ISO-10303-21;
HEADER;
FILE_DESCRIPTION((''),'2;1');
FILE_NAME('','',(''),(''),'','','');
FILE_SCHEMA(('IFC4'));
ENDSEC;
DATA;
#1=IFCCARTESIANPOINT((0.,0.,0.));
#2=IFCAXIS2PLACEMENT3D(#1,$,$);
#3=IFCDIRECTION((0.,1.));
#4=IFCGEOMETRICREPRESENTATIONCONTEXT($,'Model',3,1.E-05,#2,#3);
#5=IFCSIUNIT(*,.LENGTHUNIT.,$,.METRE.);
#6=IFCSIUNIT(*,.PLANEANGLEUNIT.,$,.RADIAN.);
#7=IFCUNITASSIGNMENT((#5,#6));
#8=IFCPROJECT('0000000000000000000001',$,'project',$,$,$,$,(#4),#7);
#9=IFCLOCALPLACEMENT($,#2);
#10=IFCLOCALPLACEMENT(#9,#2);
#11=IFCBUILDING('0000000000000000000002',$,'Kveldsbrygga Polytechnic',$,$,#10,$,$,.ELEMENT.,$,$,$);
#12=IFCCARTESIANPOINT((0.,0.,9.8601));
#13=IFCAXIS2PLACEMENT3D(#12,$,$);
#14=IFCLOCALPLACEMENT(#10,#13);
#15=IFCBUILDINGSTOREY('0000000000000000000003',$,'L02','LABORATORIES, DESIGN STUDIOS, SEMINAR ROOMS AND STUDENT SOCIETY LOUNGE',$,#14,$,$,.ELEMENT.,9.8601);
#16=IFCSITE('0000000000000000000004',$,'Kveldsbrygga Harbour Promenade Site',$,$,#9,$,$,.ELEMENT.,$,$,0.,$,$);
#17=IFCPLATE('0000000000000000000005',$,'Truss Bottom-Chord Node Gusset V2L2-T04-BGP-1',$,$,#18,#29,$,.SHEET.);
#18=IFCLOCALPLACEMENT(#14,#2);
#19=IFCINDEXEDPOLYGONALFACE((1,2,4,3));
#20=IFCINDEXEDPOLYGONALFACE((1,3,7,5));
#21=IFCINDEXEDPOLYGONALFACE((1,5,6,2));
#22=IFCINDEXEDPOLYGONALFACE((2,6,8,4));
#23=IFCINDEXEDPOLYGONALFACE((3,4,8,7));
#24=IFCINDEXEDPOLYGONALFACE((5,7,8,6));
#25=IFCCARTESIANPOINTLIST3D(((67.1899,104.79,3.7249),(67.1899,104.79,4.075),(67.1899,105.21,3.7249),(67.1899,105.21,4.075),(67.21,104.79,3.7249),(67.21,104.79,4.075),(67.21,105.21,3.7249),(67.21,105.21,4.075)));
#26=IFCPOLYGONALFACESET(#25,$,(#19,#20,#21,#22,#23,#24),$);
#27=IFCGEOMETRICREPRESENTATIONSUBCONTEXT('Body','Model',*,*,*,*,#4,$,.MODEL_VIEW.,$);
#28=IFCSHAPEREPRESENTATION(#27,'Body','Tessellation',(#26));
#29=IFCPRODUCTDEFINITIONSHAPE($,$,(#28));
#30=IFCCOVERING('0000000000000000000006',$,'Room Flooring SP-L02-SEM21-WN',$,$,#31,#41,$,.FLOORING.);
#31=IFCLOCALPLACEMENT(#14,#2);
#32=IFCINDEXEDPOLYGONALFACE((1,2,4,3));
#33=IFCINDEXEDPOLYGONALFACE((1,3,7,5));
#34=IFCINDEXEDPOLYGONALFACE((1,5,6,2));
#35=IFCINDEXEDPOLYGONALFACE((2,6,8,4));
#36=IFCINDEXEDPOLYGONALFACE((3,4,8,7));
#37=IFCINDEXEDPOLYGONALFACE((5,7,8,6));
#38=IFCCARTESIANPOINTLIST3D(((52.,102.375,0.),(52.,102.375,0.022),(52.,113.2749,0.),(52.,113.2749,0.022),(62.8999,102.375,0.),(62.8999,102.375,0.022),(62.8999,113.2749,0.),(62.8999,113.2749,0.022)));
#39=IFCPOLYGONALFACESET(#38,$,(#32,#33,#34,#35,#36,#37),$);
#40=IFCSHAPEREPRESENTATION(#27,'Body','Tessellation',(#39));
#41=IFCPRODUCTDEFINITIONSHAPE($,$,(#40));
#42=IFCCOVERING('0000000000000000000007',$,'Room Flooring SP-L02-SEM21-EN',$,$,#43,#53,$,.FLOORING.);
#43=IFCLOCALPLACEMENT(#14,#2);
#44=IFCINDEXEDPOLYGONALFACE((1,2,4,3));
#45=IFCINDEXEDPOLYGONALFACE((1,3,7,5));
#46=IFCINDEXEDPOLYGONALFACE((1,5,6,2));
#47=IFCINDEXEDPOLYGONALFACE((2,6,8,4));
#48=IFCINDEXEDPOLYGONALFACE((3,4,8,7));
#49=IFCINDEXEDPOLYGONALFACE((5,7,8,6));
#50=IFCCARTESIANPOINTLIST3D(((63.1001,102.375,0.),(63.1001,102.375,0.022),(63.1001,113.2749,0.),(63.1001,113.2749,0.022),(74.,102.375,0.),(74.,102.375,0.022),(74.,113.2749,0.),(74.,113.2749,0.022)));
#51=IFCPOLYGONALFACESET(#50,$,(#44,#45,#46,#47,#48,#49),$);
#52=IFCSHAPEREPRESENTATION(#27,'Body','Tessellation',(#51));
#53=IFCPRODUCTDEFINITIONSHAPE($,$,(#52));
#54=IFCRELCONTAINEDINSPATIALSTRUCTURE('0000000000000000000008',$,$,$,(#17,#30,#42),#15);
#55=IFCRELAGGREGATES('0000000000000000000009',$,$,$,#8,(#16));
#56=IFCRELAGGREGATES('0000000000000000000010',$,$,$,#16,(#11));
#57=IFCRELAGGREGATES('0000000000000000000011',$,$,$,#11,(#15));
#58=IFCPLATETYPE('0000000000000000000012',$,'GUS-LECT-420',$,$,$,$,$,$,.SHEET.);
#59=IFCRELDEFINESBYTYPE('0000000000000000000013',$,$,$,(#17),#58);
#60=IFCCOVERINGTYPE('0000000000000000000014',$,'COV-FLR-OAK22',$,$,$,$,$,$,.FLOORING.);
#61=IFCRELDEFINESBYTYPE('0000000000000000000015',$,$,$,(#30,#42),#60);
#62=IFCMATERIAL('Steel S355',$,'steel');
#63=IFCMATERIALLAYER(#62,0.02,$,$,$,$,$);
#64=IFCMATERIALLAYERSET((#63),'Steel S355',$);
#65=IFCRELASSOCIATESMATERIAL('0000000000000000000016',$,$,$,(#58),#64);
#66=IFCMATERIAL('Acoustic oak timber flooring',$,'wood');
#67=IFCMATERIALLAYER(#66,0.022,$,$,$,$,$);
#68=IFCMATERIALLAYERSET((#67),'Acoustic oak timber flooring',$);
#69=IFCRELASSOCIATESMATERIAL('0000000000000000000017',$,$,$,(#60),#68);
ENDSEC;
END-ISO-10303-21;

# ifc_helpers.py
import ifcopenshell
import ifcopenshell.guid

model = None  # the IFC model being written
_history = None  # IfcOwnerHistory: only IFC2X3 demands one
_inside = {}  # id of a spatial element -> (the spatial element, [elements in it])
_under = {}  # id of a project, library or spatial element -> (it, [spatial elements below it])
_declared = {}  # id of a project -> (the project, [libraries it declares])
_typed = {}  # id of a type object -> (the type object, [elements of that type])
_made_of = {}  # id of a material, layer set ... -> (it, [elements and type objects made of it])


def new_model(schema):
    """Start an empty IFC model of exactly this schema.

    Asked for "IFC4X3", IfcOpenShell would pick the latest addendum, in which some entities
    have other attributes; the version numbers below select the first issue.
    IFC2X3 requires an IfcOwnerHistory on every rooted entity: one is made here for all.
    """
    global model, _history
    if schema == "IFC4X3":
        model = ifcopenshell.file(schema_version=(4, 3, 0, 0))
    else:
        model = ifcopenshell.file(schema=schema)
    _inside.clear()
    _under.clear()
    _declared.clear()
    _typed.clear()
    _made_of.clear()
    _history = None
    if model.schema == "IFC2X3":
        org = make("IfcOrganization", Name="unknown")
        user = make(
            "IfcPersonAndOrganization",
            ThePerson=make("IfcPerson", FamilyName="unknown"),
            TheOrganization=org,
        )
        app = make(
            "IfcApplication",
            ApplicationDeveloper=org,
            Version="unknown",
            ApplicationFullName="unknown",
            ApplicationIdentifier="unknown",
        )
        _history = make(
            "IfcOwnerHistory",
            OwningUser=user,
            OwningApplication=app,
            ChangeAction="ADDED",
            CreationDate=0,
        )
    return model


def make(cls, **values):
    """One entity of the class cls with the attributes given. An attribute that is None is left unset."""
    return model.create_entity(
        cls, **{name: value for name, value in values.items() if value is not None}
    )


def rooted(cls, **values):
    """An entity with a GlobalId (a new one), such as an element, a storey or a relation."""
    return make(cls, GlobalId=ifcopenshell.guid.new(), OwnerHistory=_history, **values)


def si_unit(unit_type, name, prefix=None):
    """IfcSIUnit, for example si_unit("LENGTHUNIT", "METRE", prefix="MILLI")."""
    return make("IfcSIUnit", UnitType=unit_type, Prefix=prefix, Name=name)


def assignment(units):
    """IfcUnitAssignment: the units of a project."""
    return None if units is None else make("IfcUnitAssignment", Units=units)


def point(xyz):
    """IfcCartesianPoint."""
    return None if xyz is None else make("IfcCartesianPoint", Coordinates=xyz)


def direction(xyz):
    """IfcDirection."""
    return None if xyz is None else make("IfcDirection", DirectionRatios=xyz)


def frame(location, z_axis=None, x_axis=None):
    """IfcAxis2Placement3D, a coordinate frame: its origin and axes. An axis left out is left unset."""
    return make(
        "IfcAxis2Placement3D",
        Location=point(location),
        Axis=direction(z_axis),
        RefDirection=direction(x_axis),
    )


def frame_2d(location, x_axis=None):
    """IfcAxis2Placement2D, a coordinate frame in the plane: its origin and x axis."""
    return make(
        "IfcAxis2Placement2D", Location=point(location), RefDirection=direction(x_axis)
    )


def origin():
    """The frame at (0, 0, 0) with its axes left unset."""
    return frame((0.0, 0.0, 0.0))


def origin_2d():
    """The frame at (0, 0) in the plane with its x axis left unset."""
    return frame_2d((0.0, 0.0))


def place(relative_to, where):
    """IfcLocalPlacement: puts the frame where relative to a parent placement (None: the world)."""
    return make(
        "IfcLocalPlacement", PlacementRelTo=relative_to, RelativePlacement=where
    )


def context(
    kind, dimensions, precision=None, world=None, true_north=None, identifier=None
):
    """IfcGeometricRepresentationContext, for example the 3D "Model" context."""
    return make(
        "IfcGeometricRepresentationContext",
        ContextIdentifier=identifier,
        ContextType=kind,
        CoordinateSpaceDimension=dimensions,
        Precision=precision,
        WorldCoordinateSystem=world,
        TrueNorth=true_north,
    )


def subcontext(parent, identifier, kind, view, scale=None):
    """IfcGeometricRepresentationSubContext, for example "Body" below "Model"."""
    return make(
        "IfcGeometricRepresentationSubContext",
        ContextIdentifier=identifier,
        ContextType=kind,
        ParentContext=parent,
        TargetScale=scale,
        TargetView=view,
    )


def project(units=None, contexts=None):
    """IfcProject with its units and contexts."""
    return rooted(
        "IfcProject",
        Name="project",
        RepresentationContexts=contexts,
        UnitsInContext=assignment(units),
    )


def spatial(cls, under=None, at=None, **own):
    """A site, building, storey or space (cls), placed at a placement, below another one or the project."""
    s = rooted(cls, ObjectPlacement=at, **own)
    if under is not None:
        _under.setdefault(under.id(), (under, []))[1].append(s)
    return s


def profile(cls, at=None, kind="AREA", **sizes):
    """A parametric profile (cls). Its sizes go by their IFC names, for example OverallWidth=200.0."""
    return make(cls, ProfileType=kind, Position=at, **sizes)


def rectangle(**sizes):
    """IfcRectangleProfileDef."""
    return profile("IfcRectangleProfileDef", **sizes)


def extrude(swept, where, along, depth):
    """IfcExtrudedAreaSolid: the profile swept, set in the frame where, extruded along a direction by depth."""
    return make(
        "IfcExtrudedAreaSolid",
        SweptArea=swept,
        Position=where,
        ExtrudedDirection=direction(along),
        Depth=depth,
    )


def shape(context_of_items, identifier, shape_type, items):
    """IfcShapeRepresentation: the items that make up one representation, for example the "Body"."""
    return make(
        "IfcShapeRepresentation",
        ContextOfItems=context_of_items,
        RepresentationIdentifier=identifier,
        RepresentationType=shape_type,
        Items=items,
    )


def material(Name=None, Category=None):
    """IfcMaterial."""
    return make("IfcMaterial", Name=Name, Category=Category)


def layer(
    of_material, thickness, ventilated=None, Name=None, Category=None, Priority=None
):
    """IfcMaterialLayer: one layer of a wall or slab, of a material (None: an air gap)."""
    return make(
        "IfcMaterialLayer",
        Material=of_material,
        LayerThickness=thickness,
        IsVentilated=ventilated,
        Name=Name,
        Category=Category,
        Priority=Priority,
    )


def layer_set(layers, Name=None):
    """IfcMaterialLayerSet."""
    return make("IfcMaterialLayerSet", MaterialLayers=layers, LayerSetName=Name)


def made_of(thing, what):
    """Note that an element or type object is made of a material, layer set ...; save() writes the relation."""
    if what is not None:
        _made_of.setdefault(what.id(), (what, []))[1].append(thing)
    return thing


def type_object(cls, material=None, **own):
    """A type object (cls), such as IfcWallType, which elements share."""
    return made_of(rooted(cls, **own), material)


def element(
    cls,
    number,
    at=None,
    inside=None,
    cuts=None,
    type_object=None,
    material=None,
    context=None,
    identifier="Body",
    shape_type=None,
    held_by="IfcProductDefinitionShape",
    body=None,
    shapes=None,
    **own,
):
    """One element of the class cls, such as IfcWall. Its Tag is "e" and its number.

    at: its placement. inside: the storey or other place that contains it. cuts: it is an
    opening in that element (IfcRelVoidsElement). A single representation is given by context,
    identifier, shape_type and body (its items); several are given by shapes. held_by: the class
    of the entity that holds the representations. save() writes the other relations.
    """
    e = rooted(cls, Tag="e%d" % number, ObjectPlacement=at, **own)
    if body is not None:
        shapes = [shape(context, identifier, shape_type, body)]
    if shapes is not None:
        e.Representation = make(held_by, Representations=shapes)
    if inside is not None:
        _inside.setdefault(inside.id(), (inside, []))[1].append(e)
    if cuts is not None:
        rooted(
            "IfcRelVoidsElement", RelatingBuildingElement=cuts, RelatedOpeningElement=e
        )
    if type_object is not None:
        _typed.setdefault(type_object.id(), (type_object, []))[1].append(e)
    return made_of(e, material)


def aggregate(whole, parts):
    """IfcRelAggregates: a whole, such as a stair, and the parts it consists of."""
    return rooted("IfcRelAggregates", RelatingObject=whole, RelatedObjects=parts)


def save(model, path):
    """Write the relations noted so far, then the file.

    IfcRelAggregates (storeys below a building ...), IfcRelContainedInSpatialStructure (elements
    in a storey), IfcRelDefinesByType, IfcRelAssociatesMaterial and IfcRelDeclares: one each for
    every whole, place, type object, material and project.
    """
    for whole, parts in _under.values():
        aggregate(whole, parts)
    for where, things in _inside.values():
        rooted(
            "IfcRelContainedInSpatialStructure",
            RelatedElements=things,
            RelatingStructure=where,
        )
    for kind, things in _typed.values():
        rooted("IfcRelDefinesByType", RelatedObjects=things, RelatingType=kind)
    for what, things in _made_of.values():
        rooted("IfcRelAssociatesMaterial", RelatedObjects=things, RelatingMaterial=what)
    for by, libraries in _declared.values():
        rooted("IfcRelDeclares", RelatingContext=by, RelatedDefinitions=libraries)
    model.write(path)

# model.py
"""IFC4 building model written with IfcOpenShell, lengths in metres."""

from ifc_helpers import new_model, si_unit, direction, frame, origin, origin_2d, place, context, subcontext, project, spatial, rectangle, extrude, material, layer, layer_set, type_object, element, save


model = new_model("IFC4")

# Units and contexts
model_context = context("Model", 3, precision=1e-05, world=origin(), true_north=direction((0.0, 1.0)))
body_context = subcontext(model_context, "Body", "Model", "MODEL_VIEW")
ifc_project = project(units=[si_unit("LENGTHUNIT", "METRE"), si_unit("PLANEANGLEUNIT", "RADIAN")], contexts=[model_context])

# Site, building, storey
site_placement = place(None, origin())
site = spatial("IfcSite", under=ifc_project, at=site_placement, Name="Kveldsbrygga Harbour Promenade Site", CompositionType="ELEMENT", RefElevation=0.0)
building_placement = place(site_placement, origin())
building = spatial("IfcBuilding", under=site, at=building_placement, Name="Kveldsbrygga Polytechnic", CompositionType="ELEMENT")
storey_placement = place(building_placement, frame((0.0, 0.0, 9.8601)))
storey = spatial("IfcBuildingStorey", under=building, at=storey_placement, Name="L02", Description="LABORATORIES, DESIGN STUDIOS, SEMINAR ROOMS AND STUDENT SOCIETY LOUNGE", CompositionType="ELEMENT", Elevation=9.8601)

# Shared definitions
ifc_material_1 = material(Name="Steel S355", Category="steel")

# Plate
ifc_layer_1 = layer(ifc_material_1, 0.02)
ifc_layer_set_1 = layer_set([ifc_layer_1], Name="Steel S355")
plate_type_1 = type_object("IfcPlateType", Name="GUS-LECT-420", PredefinedType="SHEET", material=ifc_layer_set_1)
for number, where, z_axis, x_axis, name in (
    (1, (67.2, 105.0, 3.7249), (0.0, 0.0, 1.0), (1.0, 0.0, 0.0), "Truss Bottom-Chord Node Gusset V2L2-T04-BGP-1"),
):
    element("IfcPlate", number, at=place(storey_placement, frame(where, z_axis=z_axis, x_axis=x_axis)), inside=storey, type_object=plate_type_1, Name=name, PredefinedType="SHEET", context=body_context, shape_type="SweptSolid", body=[
        extrude(rectangle(XDim=0.02, YDim=0.4199, at=origin_2d()), origin(), (0.0, 0.0, 1.0), 0.3501),
    ])

# Coverings
ifc_material_2 = material(Name="Acoustic oak timber flooring", Category="wood")
ifc_layer_2 = layer(ifc_material_2, 0.022)
ifc_layer_set_2 = layer_set([ifc_layer_2], Name="Acoustic oak timber flooring")
covering_type = type_object("IfcCoveringType", Name="COV-FLR-OAK22", PredefinedType="FLOORING", material=ifc_layer_set_2)
for number, where, z_axis, x_axis, name in (
    (2, (57.45, 107.825, 0.0), (0.0, 0.0, 1.0), (1.0, 0.0, 0.0), "Room Flooring SP-L02-SEM21-WN"),
    (3, (68.55, 107.825, 0.0), (0.0, 0.0, 1.0), (1.0, 0.0, 0.0), "Room Flooring SP-L02-SEM21-EN"),
):
    element("IfcCovering", number, at=place(storey_placement, frame(where, z_axis=z_axis, x_axis=x_axis)), inside=storey, type_object=covering_type, Name=name, PredefinedType="FLOORING", context=body_context, shape_type="SweptSolid", body=[
        extrude(rectangle(XDim=10.8999, YDim=10.8999, at=origin_2d()), origin(), (0.0, 0.0, 1.0), 0.022),
    ])

save(model, "model.ifc")
